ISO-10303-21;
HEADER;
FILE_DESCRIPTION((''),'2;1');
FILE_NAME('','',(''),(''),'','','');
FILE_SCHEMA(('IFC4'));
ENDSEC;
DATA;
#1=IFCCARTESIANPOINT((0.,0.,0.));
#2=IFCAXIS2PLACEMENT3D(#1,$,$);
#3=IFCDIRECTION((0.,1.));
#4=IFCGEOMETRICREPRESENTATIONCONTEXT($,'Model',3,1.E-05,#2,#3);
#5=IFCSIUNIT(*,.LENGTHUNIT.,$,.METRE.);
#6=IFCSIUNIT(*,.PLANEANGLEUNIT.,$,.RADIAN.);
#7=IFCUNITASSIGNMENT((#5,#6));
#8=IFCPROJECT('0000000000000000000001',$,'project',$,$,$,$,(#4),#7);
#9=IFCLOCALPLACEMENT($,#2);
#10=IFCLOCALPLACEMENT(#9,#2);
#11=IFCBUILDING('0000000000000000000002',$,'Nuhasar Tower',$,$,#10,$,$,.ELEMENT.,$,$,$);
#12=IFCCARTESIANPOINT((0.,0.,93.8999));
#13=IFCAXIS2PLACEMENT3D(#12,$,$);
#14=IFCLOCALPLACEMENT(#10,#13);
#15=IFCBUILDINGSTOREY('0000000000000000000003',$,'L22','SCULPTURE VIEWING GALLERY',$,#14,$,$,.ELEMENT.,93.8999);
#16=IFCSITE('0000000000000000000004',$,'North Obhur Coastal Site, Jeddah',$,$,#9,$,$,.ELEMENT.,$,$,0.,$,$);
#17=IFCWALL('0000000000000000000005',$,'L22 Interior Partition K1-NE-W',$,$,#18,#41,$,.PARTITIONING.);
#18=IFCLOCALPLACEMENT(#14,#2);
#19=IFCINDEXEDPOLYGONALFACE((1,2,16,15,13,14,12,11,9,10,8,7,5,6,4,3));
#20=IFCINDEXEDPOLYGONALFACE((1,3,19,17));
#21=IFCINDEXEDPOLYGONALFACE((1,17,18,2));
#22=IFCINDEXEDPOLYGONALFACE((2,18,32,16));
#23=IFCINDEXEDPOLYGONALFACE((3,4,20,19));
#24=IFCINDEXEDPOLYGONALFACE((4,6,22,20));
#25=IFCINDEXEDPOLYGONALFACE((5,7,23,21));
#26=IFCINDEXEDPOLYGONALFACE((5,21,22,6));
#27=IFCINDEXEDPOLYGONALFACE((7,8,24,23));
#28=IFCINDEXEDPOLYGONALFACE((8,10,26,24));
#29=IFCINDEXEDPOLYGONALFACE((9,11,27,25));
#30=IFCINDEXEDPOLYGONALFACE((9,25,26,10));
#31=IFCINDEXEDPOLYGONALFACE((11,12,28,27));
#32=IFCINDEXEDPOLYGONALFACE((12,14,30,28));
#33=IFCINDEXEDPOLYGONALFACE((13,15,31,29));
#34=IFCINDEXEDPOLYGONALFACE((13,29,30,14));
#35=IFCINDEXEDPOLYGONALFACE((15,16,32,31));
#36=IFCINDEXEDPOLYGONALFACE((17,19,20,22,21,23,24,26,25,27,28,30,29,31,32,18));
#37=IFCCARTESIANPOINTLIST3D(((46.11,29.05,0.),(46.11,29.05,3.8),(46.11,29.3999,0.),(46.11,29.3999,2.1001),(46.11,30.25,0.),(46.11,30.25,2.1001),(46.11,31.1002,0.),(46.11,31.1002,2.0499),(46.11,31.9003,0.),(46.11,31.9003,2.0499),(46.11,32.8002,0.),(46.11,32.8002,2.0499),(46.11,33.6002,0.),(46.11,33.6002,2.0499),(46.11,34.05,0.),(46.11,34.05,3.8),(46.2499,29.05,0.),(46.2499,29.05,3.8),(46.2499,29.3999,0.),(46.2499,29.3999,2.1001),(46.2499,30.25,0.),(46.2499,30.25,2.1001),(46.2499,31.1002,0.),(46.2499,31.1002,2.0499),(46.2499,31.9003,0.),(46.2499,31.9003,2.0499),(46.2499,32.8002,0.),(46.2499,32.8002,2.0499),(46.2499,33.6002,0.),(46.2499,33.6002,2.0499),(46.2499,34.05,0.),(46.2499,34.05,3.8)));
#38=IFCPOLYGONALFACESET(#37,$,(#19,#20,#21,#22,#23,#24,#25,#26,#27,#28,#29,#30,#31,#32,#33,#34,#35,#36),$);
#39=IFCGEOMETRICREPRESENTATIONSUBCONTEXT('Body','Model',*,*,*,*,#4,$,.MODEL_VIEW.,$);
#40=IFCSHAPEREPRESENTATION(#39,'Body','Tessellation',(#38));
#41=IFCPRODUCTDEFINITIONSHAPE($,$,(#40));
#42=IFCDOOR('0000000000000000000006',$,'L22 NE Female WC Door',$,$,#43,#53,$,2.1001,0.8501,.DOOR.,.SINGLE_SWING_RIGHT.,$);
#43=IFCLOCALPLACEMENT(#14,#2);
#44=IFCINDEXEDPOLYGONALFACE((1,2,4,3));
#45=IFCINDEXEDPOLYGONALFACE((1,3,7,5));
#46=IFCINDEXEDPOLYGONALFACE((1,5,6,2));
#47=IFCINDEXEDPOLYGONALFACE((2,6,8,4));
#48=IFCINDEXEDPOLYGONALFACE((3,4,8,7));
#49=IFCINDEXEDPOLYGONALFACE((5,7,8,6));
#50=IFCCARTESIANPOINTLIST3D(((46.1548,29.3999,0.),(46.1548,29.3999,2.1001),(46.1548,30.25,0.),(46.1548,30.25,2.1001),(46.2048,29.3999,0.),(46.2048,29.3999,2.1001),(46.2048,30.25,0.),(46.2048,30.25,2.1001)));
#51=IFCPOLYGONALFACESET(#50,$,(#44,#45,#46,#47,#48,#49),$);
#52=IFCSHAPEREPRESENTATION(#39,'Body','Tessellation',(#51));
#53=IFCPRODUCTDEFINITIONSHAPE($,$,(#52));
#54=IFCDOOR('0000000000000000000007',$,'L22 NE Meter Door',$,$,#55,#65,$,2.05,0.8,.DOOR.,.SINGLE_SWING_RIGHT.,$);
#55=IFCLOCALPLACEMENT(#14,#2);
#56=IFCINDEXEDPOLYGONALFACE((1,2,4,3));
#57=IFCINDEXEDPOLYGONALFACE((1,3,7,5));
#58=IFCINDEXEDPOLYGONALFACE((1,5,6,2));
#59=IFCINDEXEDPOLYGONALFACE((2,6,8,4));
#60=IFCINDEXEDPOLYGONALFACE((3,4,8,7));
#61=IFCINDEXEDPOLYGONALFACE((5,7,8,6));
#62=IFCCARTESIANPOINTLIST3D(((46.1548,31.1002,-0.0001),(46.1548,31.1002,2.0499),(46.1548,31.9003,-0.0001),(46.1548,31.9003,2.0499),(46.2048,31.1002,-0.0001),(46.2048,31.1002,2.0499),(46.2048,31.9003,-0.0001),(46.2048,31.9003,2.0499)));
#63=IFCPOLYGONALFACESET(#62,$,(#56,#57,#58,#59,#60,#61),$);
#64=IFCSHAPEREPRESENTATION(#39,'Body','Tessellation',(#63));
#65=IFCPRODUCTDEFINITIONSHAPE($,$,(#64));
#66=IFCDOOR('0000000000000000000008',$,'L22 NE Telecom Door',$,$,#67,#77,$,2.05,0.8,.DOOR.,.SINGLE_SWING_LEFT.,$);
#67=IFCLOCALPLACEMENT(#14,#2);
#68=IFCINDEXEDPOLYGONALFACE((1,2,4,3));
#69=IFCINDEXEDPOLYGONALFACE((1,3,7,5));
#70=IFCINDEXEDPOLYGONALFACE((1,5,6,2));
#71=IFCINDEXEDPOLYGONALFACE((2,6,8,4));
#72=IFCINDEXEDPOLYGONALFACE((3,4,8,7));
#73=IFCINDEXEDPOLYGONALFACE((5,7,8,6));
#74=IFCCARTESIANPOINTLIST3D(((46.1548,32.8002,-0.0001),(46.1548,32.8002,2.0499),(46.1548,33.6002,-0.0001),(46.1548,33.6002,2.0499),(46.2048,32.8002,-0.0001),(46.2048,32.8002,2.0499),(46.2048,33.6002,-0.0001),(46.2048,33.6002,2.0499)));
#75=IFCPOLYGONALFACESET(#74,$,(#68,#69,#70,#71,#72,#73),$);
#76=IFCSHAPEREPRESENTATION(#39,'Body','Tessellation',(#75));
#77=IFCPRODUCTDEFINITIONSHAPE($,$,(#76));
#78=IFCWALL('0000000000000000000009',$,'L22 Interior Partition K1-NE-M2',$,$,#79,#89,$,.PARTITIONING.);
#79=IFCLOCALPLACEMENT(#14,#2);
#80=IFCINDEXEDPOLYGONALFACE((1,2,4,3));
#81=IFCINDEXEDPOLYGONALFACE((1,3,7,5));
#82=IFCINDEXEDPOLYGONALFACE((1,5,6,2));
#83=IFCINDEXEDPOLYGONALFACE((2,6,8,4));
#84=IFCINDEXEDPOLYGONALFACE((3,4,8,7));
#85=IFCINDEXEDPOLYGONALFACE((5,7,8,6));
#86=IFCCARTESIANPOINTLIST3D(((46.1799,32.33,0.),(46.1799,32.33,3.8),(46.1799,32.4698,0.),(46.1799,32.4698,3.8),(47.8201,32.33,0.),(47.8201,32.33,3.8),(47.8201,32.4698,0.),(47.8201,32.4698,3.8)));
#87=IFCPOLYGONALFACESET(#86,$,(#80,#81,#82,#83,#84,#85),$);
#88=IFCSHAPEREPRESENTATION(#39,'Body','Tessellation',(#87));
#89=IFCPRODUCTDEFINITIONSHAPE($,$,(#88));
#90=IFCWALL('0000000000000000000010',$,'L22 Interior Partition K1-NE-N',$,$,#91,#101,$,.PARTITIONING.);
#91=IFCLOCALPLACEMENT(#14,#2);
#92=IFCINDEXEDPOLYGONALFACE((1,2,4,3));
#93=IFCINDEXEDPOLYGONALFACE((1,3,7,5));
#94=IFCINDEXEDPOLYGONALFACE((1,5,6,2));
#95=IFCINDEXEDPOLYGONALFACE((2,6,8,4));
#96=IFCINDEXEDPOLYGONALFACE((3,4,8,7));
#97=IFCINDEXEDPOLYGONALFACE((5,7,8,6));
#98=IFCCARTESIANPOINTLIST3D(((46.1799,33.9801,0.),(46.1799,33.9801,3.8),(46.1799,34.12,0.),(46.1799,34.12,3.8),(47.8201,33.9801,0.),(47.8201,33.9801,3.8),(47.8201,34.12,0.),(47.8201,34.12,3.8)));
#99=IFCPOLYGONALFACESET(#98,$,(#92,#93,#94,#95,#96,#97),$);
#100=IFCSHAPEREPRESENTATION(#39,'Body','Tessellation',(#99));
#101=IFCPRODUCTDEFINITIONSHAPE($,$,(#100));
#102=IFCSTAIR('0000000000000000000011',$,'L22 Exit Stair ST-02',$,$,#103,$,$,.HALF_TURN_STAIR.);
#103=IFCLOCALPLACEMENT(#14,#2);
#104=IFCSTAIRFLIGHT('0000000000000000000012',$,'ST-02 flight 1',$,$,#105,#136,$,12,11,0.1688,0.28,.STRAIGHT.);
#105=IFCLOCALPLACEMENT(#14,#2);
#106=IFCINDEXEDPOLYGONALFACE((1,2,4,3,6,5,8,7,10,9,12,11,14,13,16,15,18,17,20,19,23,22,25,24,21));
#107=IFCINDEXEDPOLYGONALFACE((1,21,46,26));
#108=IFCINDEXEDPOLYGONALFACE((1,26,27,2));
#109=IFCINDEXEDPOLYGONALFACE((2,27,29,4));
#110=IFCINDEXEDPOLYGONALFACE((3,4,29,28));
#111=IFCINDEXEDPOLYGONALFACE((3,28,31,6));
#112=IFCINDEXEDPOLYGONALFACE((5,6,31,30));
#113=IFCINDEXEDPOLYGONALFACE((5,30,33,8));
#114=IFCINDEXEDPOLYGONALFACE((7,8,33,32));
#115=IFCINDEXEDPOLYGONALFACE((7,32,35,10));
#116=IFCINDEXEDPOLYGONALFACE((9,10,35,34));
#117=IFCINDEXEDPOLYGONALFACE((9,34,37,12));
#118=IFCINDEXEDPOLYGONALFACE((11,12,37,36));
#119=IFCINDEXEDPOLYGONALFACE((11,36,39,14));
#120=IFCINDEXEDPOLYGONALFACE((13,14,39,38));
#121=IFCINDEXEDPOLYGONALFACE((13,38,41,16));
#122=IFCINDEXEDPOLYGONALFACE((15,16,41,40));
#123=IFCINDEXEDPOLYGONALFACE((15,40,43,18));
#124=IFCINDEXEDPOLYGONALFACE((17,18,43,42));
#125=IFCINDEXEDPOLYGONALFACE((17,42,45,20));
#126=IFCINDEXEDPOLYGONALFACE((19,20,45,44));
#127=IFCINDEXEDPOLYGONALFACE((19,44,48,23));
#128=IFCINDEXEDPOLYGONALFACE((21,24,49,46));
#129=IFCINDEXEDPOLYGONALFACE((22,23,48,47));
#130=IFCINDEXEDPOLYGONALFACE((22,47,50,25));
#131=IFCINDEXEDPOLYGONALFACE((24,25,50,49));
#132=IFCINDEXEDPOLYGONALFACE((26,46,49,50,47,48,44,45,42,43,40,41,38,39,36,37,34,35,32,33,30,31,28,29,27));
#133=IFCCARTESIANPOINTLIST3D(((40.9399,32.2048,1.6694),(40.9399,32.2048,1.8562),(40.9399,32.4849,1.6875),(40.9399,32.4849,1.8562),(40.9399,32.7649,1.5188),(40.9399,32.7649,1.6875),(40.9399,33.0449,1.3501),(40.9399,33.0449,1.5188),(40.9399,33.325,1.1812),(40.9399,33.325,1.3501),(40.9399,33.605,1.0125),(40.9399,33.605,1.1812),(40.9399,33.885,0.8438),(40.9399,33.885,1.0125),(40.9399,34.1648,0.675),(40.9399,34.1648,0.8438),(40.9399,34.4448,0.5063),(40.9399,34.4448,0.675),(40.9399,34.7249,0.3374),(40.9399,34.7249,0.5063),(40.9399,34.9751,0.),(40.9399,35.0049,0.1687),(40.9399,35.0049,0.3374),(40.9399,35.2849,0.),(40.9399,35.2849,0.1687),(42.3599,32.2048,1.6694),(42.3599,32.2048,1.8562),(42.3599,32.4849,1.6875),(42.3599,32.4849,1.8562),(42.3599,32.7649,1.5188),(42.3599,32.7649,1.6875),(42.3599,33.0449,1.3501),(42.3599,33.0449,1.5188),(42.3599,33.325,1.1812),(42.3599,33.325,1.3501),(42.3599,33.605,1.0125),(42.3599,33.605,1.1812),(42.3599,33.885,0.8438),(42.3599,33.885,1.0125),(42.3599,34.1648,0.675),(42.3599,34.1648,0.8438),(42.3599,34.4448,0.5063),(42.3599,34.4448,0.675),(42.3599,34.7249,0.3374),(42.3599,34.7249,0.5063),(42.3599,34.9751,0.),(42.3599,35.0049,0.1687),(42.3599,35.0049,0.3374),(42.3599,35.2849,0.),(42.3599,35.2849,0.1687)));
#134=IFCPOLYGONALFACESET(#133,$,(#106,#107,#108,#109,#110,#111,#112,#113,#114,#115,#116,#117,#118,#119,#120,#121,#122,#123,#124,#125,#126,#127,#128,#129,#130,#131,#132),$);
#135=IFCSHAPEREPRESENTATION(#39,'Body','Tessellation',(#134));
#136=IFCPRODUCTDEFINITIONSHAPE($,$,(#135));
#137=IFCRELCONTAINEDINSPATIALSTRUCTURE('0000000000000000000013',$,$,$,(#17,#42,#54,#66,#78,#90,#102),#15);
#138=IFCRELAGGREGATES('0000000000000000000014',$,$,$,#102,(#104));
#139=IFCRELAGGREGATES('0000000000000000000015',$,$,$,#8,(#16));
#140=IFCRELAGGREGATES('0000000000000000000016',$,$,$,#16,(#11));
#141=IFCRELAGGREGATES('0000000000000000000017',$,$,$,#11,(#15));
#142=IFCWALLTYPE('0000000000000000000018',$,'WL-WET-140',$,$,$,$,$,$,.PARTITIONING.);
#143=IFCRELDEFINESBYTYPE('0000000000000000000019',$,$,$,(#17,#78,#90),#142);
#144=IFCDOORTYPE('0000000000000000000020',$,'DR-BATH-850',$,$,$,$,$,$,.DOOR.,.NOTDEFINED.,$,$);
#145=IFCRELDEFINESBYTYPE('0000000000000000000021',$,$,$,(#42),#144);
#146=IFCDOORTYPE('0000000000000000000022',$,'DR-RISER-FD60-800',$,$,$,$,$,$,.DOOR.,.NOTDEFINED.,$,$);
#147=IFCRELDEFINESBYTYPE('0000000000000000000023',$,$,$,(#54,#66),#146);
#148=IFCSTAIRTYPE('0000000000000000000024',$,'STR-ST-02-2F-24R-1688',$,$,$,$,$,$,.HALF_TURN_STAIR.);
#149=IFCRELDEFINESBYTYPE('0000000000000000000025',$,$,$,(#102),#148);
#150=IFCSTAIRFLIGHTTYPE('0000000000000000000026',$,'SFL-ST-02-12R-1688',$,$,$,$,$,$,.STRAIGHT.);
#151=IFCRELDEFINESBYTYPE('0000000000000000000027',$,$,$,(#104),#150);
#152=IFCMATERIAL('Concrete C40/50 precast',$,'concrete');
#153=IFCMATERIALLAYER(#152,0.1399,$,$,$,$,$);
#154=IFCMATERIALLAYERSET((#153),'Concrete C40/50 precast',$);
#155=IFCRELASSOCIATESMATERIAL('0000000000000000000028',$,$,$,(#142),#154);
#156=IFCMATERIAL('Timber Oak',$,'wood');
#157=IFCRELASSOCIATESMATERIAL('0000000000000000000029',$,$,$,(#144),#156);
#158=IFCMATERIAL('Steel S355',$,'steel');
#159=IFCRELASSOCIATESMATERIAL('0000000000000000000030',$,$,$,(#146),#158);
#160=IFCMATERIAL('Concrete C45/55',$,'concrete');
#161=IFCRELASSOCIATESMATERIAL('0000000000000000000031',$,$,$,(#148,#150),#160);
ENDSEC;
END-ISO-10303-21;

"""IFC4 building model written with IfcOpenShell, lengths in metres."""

from ifc_helpers import new_model, si_unit, direction, frame, frame_2d, origin, place, context, subcontext, project, spatial, polyline, rectangle, outline, extrude, material, layer, layer_set, type_object, element, fill, aggregate, save


model = new_model("IFC4")

# Units and contexts
model_context = context("Model", 3, precision=1e-05, world=origin(), true_north=direction((0.0, 1.0)))
body_context = subcontext(model_context, "Body", "Model", "MODEL_VIEW")
ifc_project = project(units=[si_unit("LENGTHUNIT", "METRE"), si_unit("PLANEANGLEUNIT", "RADIAN")], contexts=[model_context])

# Site, building, storey
site_placement = place(None, origin())
site = spatial("IfcSite", under=ifc_project, at=site_placement, Name="North Obhur Coastal Site, Jeddah", CompositionType="ELEMENT", RefElevation=0.0)
building_placement = place(site_placement, origin())
building = spatial("IfcBuilding", under=site, at=building_placement, Name="Nuhasar Tower", CompositionType="ELEMENT")
storey_placement = place(building_placement, frame((0.0, 0.0, 93.8999)))
storey = spatial("IfcBuildingStorey", under=building, at=storey_placement, Name="L22", Description="SCULPTURE VIEWING GALLERY", CompositionType="ELEMENT", Elevation=93.8999)

# Shared definitions
ifc_material_1 = material(Name="Steel S355", Category="steel")

# Shared definitions
ifc_material_2 = material(Name="Concrete C45/55", Category="concrete")

# Wall, openings, doors
ifc_material_3 = material(Name="Concrete C40/50 precast", Category="concrete")
ifc_layer_1 = layer(ifc_material_3, 0.1399)
ifc_layer_set_1 = layer_set([ifc_layer_1], Name="Concrete C40/50 precast")
wall_type_1 = type_object("IfcWallType", Name="WL-WET-140", PredefinedType="PARTITIONING", material=ifc_layer_set_1)
wall_1_placement = place(storey_placement, frame((46.1799, 34.05, 0.0), z_axis=(0.0, 0.0, 1.0), x_axis=(0.0, -1.0, 0.0)))
wall_1 = element("IfcWall", 1, at=wall_1_placement, inside=storey, type_object=wall_type_1, Name="L22 Interior Partition K1-NE-W", PredefinedType="PARTITIONING", context=body_context, shape_type="SweptSolid", body=[
    extrude(rectangle(XDim=5.0, YDim=0.1399, at=frame_2d((2.5, 0.0))), origin(), (0.0, 0.0, 1.0), 3.8),
])
opening_1_placement = place(wall_1_placement, frame((3.8, 0.0, 0.0)))
opening_1 = element("IfcOpeningElement", 2, at=opening_1_placement, cuts=wall_1, PredefinedType="OPENING", context=body_context, shape_type="SweptSolid", body=[
    extrude(rectangle(XDim=0.8501, YDim=2.1001, at=frame_2d((0.425, 1.05))), frame((0.0, 0.0801, 0.0), z_axis=(0.0, -1.0, 0.0), x_axis=(1.0, 0.0, 0.0)), (0.0, 0.0, 1.0), 0.1599),
])
opening_2_placement = place(wall_1_placement, frame((2.1499, 0.0, 0.0)))
opening_2 = element("IfcOpeningElement", 3, at=opening_2_placement, cuts=wall_1, PredefinedType="OPENING", context=body_context, shape_type="SweptSolid", body=[
    extrude(rectangle(XDim=0.8, YDim=2.05, at=frame_2d((0.3999, 1.0249))), frame((0.0, 0.0801, 0.0), z_axis=(0.0, -1.0, 0.0), x_axis=(1.0, 0.0, 0.0)), (0.0, 0.0, 1.0), 0.1599),
])
opening_3_placement = place(wall_1_placement, frame((0.45, 0.0, 0.0)))
opening_3 = element("IfcOpeningElement", 4, at=opening_3_placement, cuts=wall_1, PredefinedType="OPENING", context=body_context, shape_type="SweptSolid", body=[
    extrude(rectangle(XDim=0.8, YDim=2.05, at=frame_2d((0.3999, 1.0249))), frame((0.0, 0.0801, 0.0), z_axis=(0.0, -1.0, 0.0), x_axis=(1.0, 0.0, 0.0)), (0.0, 0.0, 1.0), 0.1599),
])
ifc_material_4 = material(Name="Timber Oak", Category="wood")
door_type_1 = type_object("IfcDoorType", Name="DR-BATH-850", OperationType="NOTDEFINED", PredefinedType="DOOR", material=ifc_material_4)
door_1_placement = place(opening_1_placement, origin())
door_1 = element("IfcDoor", 5, at=door_1_placement, inside=storey, type_object=door_type_1, Name="L22 NE Female WC Door", OperationType="SINGLE_SWING_RIGHT", OverallHeight=2.1001, OverallWidth=0.8501, PredefinedType="DOOR", context=body_context, shape_type="SweptSolid", body=[
    extrude(rectangle(XDim=0.8501, YDim=2.1001, at=frame_2d((0.425, 1.05))), frame((0.0, 0.0249, 0.0), z_axis=(0.0, -1.0, 0.0), x_axis=(1.0, 0.0, 0.0)), (0.0, 0.0, 1.0), 0.05),
])
fill(opening_1, door_1)
door_type_2 = type_object("IfcDoorType", Name="DR-RISER-FD60-800", OperationType="NOTDEFINED", PredefinedType="DOOR", material=ifc_material_1)
door_2_placement = place(opening_2_placement, origin())
door_2 = element("IfcDoor", 6, at=door_2_placement, inside=storey, type_object=door_type_2, Name="L22 NE Meter Door", OperationType="SINGLE_SWING_RIGHT", OverallHeight=2.05, OverallWidth=0.8, PredefinedType="DOOR", context=body_context, shape_type="SweptSolid", body=[
    extrude(rectangle(XDim=0.8, YDim=2.05, at=frame_2d((0.3999, 1.0249))), frame((0.0, 0.0249, 0.0), z_axis=(0.0, -1.0, 0.0), x_axis=(1.0, 0.0, 0.0)), (0.0, 0.0, 1.0), 0.05),
])
fill(opening_2, door_2)
door_3_placement = place(opening_3_placement, origin())
door_3 = element("IfcDoor", 7, at=door_3_placement, inside=storey, type_object=door_type_2, Name="L22 NE Telecom Door", OperationType="SINGLE_SWING_LEFT", OverallHeight=2.05, OverallWidth=0.8, PredefinedType="DOOR", context=body_context, shape_type="SweptSolid", body=[
    extrude(rectangle(XDim=0.8, YDim=2.05, at=frame_2d((0.3999, 1.0249))), frame((0.0, 0.0249, 0.0), z_axis=(0.0, -1.0, 0.0), x_axis=(1.0, 0.0, 0.0)), (0.0, 0.0, 1.0), 0.05),
])
fill(opening_3, door_3)

# Walls
for number, where, z_axis, x_axis, name in (
    (8, (46.1799, 32.3999, 0.0), (0.0, 0.0, 1.0), (1.0, 0.0, 0.0), "L22 Interior Partition K1-NE-M2"),
    (9, (46.1799, 34.05, 0.0), (0.0, 0.0, 1.0), (1.0, 0.0, 0.0), "L22 Interior Partition K1-NE-N"),
):
    element("IfcWall", number, at=place(storey_placement, frame(where, z_axis=z_axis, x_axis=x_axis)), inside=storey, type_object=wall_type_1, Name=name, PredefinedType="PARTITIONING", context=body_context, shape_type="SweptSolid", body=[
        extrude(rectangle(XDim=1.6401, YDim=0.1399, at=frame_2d((0.8201, 0.0))), origin(), (0.0, 0.0, 1.0), 3.8),
    ])

# Stair, stair flight
stair_type = type_object("IfcStairType", Name="STR-ST-02-2F-24R-1688", PredefinedType="HALF_TURN_STAIR", material=ifc_material_2)
stair_placement = place(storey_placement, origin())
stair = element("IfcStair", 10, at=stair_placement, inside=storey, type_object=stair_type, Name="L22 Exit Stair ST-02", PredefinedType="HALF_TURN_STAIR")
stair_flight_type = type_object("IfcStairFlightType", Name="SFL-ST-02-12R-1688", PredefinedType="STRAIGHT", material=ifc_material_2)
stair_flight_placement = place(storey_placement, frame((41.6499, 35.2849, 0.0), z_axis=(0.0, 0.0, 1.0), x_axis=(0.0, -1.0, 0.0)))
stair_flight = element("IfcStairFlight", 11, at=stair_flight_placement, type_object=stair_flight_type, Name="ST-02 flight 1", NumberOfRisers=12, NumberOfTreads=11, PredefinedType="STRAIGHT", RiserHeight=0.1688, TreadLength=0.28, context=body_context, shape_type="SweptSolid", body=[
    extrude(outline(polyline([(0.0, 0.0), (0.0, 0.1687), (0.28, 0.1687), (0.28, 0.3374), (0.5601, 0.3374), (0.5601, 0.5063), (0.8401, 0.5063), (0.8401, 0.675), (1.1201, 0.675), (1.1201, 0.8438), (1.3999, 0.8438), (1.3999, 1.0125), (1.6799, 1.0125), (1.6799, 1.1812), (1.96, 1.1812), (1.96, 1.3501), (2.24, 1.3501), (2.24, 1.5188), (2.52, 1.5188), (2.52, 1.6875), (2.8, 1.6875), (2.8, 1.8562), (3.0801, 1.8562), (3.0801, 2.0249), (3.0801, 1.6694), (0.3098, 0.0), (0.0, 0.0)])), frame((0.0, 0.71, 0.0), z_axis=(0.0, -1.0, 0.0), x_axis=(1.0, 0.0, 0.0)), (0.0, 0.0, 1.0), 1.4199),
])
aggregate(stair, [stair_flight])

save(model, "model.ifc")
